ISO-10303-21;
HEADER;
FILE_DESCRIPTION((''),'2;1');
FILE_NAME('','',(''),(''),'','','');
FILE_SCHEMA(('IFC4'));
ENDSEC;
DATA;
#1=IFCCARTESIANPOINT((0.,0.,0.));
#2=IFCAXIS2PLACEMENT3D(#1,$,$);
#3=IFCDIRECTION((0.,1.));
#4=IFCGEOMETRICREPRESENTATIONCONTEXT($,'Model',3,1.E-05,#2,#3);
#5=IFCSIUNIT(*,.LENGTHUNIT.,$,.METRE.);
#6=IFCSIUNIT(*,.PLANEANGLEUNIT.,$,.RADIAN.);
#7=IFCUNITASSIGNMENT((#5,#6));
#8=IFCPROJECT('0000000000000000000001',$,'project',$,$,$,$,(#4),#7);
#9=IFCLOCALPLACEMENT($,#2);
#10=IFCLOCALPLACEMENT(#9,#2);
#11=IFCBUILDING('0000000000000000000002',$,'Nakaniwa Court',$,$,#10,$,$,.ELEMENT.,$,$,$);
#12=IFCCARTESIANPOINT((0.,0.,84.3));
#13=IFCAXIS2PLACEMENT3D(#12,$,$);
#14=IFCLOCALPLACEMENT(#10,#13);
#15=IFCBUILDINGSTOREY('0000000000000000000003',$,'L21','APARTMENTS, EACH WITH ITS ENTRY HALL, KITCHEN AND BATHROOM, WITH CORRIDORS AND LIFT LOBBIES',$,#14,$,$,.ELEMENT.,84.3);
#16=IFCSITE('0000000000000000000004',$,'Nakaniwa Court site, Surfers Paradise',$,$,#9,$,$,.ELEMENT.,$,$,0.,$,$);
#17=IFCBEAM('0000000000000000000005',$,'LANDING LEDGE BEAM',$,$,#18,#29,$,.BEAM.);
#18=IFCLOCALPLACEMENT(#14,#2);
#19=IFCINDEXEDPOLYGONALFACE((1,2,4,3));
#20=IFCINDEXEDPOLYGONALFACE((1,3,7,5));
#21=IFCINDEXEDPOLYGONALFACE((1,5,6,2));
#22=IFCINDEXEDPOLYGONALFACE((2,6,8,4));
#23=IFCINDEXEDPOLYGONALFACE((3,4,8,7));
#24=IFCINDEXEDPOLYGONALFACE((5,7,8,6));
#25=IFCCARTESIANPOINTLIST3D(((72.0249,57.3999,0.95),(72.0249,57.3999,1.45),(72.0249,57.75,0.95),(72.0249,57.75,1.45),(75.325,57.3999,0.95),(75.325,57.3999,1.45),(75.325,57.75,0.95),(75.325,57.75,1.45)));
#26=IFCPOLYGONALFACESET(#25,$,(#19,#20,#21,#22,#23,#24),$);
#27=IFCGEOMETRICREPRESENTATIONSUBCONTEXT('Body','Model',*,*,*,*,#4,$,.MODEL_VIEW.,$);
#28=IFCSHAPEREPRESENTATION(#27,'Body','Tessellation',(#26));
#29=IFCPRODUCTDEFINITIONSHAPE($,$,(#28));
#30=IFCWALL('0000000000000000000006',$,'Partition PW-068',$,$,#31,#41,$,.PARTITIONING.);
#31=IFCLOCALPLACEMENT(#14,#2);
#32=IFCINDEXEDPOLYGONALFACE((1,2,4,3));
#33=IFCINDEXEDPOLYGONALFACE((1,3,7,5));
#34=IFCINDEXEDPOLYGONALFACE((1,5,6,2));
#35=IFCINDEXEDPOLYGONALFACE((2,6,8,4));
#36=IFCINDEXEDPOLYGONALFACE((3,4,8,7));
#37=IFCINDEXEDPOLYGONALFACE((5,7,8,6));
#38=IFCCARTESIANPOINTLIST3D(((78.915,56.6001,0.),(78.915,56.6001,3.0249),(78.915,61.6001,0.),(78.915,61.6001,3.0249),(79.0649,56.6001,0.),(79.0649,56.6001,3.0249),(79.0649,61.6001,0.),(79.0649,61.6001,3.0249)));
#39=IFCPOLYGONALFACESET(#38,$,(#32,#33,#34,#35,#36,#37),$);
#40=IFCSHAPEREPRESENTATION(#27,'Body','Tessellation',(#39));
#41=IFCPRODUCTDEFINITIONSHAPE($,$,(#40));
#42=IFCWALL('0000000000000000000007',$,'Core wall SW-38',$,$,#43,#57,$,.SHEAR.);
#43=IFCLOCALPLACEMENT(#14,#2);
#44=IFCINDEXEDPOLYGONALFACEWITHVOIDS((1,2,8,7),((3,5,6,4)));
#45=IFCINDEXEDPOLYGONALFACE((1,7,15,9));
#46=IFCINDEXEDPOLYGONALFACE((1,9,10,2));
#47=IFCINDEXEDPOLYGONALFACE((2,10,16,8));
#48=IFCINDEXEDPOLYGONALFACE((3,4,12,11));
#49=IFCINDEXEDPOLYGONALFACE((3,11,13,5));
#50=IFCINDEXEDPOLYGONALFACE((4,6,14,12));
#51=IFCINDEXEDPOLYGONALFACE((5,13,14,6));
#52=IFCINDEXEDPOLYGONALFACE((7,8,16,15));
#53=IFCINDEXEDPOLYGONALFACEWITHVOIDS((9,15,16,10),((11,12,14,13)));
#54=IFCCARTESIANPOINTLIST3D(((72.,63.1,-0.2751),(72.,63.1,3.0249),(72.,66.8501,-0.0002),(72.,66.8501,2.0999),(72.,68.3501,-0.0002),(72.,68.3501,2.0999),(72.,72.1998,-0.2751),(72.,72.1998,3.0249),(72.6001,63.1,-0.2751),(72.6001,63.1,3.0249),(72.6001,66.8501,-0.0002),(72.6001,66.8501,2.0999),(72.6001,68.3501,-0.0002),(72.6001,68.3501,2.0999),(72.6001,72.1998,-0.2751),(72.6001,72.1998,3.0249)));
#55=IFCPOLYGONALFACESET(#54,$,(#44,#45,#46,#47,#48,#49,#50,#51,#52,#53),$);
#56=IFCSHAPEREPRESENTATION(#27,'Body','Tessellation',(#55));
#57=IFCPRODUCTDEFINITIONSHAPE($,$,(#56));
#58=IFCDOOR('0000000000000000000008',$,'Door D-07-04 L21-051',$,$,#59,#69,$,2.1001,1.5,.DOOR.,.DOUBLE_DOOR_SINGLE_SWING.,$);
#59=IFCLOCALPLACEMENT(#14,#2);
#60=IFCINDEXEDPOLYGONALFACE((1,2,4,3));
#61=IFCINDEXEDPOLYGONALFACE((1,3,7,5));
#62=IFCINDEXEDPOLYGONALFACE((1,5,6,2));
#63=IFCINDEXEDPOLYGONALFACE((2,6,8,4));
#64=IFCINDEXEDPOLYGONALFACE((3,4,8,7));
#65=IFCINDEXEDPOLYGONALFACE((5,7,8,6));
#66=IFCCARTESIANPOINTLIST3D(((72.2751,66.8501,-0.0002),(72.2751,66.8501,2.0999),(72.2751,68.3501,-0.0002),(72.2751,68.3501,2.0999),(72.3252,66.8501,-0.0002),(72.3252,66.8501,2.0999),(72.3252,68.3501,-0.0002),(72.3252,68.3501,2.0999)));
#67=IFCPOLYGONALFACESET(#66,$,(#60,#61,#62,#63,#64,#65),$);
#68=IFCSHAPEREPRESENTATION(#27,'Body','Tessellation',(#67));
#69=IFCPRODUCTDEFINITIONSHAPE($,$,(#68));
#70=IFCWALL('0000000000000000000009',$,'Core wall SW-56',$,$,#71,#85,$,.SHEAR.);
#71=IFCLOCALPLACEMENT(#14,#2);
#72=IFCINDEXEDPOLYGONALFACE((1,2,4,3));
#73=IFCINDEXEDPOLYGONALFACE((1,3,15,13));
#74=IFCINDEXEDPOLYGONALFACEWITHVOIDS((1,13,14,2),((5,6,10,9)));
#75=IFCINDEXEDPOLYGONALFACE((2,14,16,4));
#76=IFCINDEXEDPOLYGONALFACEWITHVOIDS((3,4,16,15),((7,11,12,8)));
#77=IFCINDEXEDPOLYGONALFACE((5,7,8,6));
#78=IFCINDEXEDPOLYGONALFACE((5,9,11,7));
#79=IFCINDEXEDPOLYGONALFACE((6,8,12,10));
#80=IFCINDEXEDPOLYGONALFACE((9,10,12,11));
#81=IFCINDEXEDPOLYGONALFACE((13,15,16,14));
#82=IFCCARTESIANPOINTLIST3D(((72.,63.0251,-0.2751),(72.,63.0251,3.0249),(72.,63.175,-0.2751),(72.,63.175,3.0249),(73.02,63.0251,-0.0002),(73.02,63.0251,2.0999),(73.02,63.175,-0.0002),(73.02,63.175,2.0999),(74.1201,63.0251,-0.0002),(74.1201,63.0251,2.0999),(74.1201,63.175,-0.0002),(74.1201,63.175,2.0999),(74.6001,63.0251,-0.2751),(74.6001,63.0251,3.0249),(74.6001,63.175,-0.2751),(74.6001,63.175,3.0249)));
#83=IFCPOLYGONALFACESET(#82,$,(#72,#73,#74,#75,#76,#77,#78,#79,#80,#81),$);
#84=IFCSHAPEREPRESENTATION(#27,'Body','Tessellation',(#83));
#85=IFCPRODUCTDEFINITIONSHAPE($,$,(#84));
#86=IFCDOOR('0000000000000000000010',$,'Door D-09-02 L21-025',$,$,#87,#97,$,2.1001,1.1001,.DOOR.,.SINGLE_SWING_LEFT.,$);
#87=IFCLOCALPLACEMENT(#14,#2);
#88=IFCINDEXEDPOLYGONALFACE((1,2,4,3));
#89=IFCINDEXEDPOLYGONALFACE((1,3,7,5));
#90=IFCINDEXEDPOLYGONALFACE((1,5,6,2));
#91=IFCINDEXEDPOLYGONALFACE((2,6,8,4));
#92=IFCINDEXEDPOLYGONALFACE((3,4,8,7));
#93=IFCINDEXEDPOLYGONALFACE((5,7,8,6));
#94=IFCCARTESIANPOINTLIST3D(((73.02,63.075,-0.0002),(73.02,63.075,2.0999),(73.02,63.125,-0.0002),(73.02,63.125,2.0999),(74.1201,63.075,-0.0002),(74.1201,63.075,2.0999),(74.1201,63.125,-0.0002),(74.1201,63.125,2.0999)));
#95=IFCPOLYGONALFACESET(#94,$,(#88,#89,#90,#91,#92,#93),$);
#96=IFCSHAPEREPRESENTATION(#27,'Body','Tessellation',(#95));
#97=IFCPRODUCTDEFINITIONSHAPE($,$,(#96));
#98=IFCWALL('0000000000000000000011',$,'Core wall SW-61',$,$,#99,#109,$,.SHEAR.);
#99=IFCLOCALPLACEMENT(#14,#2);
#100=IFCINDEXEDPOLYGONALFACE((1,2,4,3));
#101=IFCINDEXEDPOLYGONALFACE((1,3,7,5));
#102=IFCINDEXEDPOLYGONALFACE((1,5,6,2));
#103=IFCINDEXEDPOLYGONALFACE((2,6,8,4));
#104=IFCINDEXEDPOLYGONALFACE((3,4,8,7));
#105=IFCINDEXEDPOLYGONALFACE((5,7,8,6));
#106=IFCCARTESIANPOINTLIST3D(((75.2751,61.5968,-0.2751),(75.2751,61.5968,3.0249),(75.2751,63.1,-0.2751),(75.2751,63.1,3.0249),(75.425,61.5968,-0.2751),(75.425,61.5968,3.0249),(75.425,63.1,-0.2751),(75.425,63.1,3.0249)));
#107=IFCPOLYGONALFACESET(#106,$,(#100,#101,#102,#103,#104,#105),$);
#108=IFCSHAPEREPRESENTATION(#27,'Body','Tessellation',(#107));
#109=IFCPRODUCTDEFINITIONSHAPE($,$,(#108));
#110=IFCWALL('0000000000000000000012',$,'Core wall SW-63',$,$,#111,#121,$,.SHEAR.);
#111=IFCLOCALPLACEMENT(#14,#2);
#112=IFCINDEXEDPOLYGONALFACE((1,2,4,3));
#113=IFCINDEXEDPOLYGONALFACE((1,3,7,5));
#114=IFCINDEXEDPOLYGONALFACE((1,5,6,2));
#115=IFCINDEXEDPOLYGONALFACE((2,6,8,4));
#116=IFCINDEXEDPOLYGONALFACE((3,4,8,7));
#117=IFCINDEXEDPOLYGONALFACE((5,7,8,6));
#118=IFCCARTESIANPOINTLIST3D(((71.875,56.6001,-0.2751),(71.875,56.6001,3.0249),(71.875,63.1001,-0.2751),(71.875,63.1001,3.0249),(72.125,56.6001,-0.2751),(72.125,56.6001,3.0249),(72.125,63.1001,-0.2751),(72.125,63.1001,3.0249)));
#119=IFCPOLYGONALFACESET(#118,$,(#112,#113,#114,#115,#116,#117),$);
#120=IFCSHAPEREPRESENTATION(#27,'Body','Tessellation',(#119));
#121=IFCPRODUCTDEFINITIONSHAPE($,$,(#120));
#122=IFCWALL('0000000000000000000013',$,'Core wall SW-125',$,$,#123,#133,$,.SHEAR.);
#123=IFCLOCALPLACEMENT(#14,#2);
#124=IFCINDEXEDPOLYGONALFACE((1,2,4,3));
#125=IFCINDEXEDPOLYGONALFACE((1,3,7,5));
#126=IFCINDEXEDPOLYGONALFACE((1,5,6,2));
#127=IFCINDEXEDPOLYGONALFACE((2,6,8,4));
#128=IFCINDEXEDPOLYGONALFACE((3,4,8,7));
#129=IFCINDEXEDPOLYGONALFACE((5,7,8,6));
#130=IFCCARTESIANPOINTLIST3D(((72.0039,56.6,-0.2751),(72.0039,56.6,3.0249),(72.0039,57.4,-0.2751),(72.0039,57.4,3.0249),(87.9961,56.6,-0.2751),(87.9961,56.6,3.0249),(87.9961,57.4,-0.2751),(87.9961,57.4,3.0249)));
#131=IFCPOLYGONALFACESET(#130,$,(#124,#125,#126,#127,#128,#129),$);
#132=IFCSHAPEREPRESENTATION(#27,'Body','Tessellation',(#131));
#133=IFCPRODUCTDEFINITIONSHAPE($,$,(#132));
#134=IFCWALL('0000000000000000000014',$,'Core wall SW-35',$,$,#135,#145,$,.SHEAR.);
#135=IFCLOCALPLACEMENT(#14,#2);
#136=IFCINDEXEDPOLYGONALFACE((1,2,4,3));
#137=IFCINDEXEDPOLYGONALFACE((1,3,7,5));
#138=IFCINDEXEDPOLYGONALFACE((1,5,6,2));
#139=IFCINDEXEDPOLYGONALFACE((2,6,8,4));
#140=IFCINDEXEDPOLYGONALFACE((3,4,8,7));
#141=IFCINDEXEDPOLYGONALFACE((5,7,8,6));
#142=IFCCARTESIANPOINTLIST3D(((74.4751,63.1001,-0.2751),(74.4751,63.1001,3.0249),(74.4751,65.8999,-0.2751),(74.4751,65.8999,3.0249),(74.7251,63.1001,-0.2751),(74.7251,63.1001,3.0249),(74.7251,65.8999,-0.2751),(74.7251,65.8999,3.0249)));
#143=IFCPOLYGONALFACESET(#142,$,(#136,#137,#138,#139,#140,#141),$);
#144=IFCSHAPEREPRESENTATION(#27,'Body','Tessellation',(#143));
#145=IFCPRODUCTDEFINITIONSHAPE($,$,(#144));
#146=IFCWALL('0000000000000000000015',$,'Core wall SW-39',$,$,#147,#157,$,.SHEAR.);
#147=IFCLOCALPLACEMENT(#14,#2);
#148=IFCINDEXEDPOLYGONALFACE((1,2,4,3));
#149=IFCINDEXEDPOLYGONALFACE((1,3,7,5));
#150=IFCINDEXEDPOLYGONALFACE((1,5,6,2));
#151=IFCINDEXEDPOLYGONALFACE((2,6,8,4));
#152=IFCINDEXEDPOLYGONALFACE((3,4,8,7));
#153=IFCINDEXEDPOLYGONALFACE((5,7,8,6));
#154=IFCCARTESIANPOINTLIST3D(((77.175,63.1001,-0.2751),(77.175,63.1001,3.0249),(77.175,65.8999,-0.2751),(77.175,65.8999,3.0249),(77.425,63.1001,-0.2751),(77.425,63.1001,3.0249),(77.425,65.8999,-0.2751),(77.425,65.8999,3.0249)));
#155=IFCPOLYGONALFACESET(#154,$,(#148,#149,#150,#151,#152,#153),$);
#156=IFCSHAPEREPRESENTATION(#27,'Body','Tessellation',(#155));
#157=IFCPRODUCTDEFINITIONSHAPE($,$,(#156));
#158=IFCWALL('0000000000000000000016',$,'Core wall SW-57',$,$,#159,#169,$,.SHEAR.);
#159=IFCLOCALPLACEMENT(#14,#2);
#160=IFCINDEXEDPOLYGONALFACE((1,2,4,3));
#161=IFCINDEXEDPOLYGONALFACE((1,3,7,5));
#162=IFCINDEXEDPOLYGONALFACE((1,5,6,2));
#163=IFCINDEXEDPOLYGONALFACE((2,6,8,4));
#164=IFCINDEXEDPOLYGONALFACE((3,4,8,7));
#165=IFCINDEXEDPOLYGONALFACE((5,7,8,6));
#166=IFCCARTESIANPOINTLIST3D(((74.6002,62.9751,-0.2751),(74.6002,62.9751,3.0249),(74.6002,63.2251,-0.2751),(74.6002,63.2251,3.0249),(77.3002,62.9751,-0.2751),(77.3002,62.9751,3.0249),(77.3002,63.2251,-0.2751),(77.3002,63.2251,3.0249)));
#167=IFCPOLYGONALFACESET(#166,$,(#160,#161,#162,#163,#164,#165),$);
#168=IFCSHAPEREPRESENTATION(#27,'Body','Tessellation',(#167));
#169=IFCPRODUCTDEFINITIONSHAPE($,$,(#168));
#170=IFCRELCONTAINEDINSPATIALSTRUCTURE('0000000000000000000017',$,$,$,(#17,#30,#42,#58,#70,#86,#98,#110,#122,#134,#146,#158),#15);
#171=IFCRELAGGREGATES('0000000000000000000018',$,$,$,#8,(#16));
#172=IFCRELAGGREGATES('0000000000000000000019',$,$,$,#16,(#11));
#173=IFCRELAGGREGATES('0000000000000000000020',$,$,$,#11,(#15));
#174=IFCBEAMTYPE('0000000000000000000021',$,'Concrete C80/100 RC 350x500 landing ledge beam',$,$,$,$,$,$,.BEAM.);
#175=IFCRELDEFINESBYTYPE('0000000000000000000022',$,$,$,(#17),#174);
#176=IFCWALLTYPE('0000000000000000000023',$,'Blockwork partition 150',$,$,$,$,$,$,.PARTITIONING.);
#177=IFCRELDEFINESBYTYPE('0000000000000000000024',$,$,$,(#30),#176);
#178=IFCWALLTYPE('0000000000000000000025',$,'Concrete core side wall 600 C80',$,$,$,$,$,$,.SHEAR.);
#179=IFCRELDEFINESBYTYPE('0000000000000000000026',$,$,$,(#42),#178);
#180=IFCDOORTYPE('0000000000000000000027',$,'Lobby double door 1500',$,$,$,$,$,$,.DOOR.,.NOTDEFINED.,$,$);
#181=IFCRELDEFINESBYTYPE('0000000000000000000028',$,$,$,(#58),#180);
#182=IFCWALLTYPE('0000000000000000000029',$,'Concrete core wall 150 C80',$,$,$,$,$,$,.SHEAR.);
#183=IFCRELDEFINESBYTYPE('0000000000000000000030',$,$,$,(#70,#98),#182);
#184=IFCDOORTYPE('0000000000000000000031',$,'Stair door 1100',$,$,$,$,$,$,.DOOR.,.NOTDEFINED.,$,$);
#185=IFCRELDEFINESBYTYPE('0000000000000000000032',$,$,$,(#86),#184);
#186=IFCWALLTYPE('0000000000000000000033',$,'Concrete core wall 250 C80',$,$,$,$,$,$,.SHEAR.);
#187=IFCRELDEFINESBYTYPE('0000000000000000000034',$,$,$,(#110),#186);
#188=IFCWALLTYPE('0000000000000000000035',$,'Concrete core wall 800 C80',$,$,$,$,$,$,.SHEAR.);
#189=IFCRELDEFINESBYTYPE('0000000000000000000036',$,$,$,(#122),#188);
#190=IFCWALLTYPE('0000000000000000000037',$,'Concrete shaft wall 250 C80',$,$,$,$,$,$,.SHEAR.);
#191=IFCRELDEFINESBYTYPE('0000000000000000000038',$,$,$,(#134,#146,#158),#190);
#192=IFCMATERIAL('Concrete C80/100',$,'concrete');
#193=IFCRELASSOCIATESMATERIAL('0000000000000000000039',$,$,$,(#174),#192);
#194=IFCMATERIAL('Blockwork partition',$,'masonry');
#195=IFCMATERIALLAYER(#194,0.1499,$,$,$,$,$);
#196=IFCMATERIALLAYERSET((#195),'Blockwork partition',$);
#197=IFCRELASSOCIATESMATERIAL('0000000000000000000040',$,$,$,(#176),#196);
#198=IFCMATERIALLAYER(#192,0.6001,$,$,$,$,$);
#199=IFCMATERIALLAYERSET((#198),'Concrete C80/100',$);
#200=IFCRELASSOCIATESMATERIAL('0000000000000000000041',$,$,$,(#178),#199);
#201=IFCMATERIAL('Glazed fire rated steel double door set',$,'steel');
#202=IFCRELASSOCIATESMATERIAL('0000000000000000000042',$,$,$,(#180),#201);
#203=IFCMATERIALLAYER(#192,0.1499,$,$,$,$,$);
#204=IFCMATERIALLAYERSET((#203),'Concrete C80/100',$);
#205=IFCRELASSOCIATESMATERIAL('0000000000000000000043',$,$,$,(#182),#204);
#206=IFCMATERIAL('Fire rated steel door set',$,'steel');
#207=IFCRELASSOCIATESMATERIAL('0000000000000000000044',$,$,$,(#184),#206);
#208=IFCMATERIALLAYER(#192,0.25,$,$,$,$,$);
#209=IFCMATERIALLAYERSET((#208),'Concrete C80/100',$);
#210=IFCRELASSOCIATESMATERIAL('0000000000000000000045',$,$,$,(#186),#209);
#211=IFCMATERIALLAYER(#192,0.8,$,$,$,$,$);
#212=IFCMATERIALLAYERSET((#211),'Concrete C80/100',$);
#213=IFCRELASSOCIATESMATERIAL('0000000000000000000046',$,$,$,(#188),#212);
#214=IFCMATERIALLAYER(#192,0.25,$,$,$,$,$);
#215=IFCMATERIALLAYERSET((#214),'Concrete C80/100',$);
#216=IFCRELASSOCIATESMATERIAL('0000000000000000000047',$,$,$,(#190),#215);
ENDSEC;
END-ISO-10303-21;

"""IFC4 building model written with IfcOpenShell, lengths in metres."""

from ifc_helpers import new_model, si_unit, direction, frame, frame_2d, origin, origin_2d, place, context, subcontext, project, spatial, rectangle, extrude, material, layer, layer_set, material_profile, profile_set, type_object, element, fill, save


model = new_model("IFC4")

# Units and contexts
model_context = context("Model", 3, precision=1e-05, world=origin(), true_north=direction((0.0, 1.0)))
body_context = subcontext(model_context, "Body", "Model", "MODEL_VIEW")
ifc_project = project(units=[si_unit("LENGTHUNIT", "METRE"), si_unit("PLANEANGLEUNIT", "RADIAN")], contexts=[model_context])

# Site, building, storey
site_placement = place(None, origin())
site = spatial("IfcSite", under=ifc_project, at=site_placement, Name="Nakaniwa Court site, Surfers Paradise", CompositionType="ELEMENT", RefElevation=0.0)
building_placement = place(site_placement, origin())
building = spatial("IfcBuilding", under=site, at=building_placement, Name="Nakaniwa Court", CompositionType="ELEMENT")
storey_placement = place(building_placement, frame((0.0, 0.0, 84.3)))
storey = spatial("IfcBuildingStorey", under=building, at=storey_placement, Name="L21", Description="APARTMENTS, EACH WITH ITS ENTRY HALL, KITCHEN AND BATHROOM, WITH CORRIDORS AND LIFT LOBBIES", CompositionType="ELEMENT", Elevation=84.3)

# Beam
ifc_material_1 = material(Name="Concrete C80/100", Category="concrete")
ifc_material_profile = material_profile(ifc_material_1, rectangle(XDim=0.3501, YDim=0.5, at=origin_2d()), Name="Concrete C80/100 RC 350x500 landing ledge beam")
ifc_profile_set = profile_set([ifc_material_profile], Name="Concrete C80/100")
beam_type = type_object("IfcBeamType", Name="Concrete C80/100 RC 350x500 landing ledge beam", PredefinedType="BEAM", material=ifc_profile_set)
beam_placement = place(storey_placement, frame((72.0249, 57.575, 1.2), z_axis=(1.0, 0.0, 0.0), x_axis=(0.0, 1.0, 0.0)))
element("IfcBeam", 1, at=beam_placement, inside=storey, type_object=beam_type, Name="LANDING LEDGE BEAM", PredefinedType="BEAM", context=body_context, shape_type="SweptSolid", body=[
    extrude(rectangle(XDim=0.3501, YDim=0.5, at=origin_2d()), origin(), (0.0, 0.0, 1.0), 3.3),
])

# Wall
ifc_material_2 = material(Name="Blockwork partition", Category="masonry")
ifc_layer_1 = layer(ifc_material_2, 0.1499)
ifc_layer_set_1 = layer_set([ifc_layer_1], Name="Blockwork partition")
wall_type_1 = type_object("IfcWallType", Name="Blockwork partition 150", PredefinedType="PARTITIONING", material=ifc_layer_set_1)
wall_1_placement = place(storey_placement, frame((78.99, 56.6001, 0.0), z_axis=(0.0, 0.0, 1.0), x_axis=(0.0, 1.0, 0.0)))
element("IfcWall", 2, at=wall_1_placement, inside=storey, type_object=wall_type_1, Name="Partition PW-068", PredefinedType="PARTITIONING", context=body_context, shape_type="SweptSolid", body=[
    extrude(rectangle(XDim=5.0, YDim=0.1499, at=frame_2d((2.5, 0.0))), origin(), (0.0, 0.0, 1.0), 3.0249),
])

# Walls, openings, doors
ifc_layer_2 = layer(ifc_material_1, 0.6001)
ifc_layer_set_2 = layer_set([ifc_layer_2], Name="Concrete C80/100")
wall_type_2 = type_object("IfcWallType", Name="Concrete core side wall 600 C80", PredefinedType="SHEAR", material=ifc_layer_set_2)
wall_2_placement = place(storey_placement, frame((72.3, 63.1001, -0.2751), z_axis=(0.0, 0.0, 1.0), x_axis=(0.0, 1.0, 0.0)))
wall_2 = element("IfcWall", 3, at=wall_2_placement, inside=storey, type_object=wall_type_2, Name="Core wall SW-38", PredefinedType="SHEAR", context=body_context, shape_type="SweptSolid", body=[
    extrude(rectangle(XDim=9.0999, YDim=0.6001, at=frame_2d((4.5498, 0.0))), origin(), (0.0, 0.0, 1.0), 3.3),
])
opening_1_placement = place(wall_2_placement, frame((3.75, 0.0, 0.2749)))
opening_1 = element("IfcOpeningElement", 4, at=opening_1_placement, cuts=wall_2, PredefinedType="OPENING", context=body_context, shape_type="SweptSolid", body=[
    extrude(rectangle(XDim=1.5, YDim=2.1001, at=frame_2d((0.75, 1.05))), frame((0.0, 0.3101, 0.0), z_axis=(0.0, -1.0, 0.0), x_axis=(1.0, 0.0, 0.0)), (0.0, 0.0, 1.0), 0.6201),
])
ifc_material_3 = material(Name="Glazed fire rated steel double door set", Category="steel")
door_type_1 = type_object("IfcDoorType", Name="Lobby double door 1500", OperationType="NOTDEFINED", PredefinedType="DOOR", material=ifc_material_3)
door_1_placement = place(opening_1_placement, origin())
door_1 = element("IfcDoor", 5, at=door_1_placement, inside=storey, type_object=door_type_1, Name="Door D-07-04 L21-051", OperationType="DOUBLE_DOOR_SINGLE_SWING", OverallHeight=2.1001, OverallWidth=1.5, PredefinedType="DOOR", context=body_context, shape_type="SweptSolid", body=[
    extrude(rectangle(XDim=1.5, YDim=2.1001, at=frame_2d((0.75, 1.05))), frame((0.0, 0.0249, 0.0), z_axis=(0.0, -1.0, 0.0), x_axis=(1.0, 0.0, 0.0)), (0.0, 0.0, 1.0), 0.05),
])
fill(opening_1, door_1)
ifc_layer_3 = layer(ifc_material_1, 0.1499)
ifc_layer_set_3 = layer_set([ifc_layer_3], Name="Concrete C80/100")
wall_type_3 = type_object("IfcWallType", Name="Concrete core wall 150 C80", PredefinedType="SHEAR", material=ifc_layer_set_3)
wall_3_placement = place(storey_placement, frame((72.0, 63.1001, -0.2751), z_axis=(0.0, 0.0, 1.0), x_axis=(1.0, 0.0, 0.0)))
wall_3 = element("IfcWall", 6, at=wall_3_placement, inside=storey, type_object=wall_type_3, Name="Core wall SW-56", PredefinedType="SHEAR", context=body_context, shape_type="SweptSolid", body=[
    extrude(rectangle(XDim=2.6001, YDim=0.1499, at=frame_2d((1.3, 0.0))), origin(), (0.0, 0.0, 1.0), 3.3),
])
opening_2_placement = place(wall_3_placement, frame((1.02, 0.0, 0.2749)))
opening_2 = element("IfcOpeningElement", 7, at=opening_2_placement, cuts=wall_3, PredefinedType="OPENING", context=body_context, shape_type="SweptSolid", body=[
    extrude(rectangle(XDim=1.1001, YDim=2.1001, at=frame_2d((0.55, 1.05))), frame((0.0, 0.085, 0.0), z_axis=(0.0, -1.0, 0.0), x_axis=(1.0, 0.0, 0.0)), (0.0, 0.0, 1.0), 0.1699),
])
ifc_material_4 = material(Name="Fire rated steel door set", Category="steel")
door_type_2 = type_object("IfcDoorType", Name="Stair door 1100", OperationType="NOTDEFINED", PredefinedType="DOOR", material=ifc_material_4)
door_2_placement = place(opening_2_placement, origin())
door_2 = element("IfcDoor", 8, at=door_2_placement, inside=storey, type_object=door_type_2, Name="Door D-09-02 L21-025", OperationType="SINGLE_SWING_LEFT", OverallHeight=2.1001, OverallWidth=1.1001, PredefinedType="DOOR", context=body_context, shape_type="SweptSolid", body=[
    extrude(rectangle(XDim=1.1001, YDim=2.1001, at=frame_2d((0.55, 1.05))), frame((0.0, 0.0249, 0.0), z_axis=(0.0, -1.0, 0.0), x_axis=(1.0, 0.0, 0.0)), (0.0, 0.0, 1.0), 0.05),
])
fill(opening_2, door_2)

# Walls
wall_4_placement = place(storey_placement, frame((75.3501, 61.5969, -0.2751), z_axis=(0.0, 0.0, 1.0), x_axis=(0.0, 1.0, 0.0)))
element("IfcWall", 9, at=wall_4_placement, inside=storey, type_object=wall_type_3, Name="Core wall SW-61", PredefinedType="SHEAR", context=body_context, shape_type="SweptSolid", body=[
    extrude(rectangle(XDim=1.5032, YDim=0.1499, at=frame_2d((0.7515, 0.0))), origin(), (0.0, 0.0, 1.0), 3.3),
])
ifc_layer_4 = layer(ifc_material_1, 0.25)
ifc_layer_set_4 = layer_set([ifc_layer_4], Name="Concrete C80/100")
wall_type_4 = type_object("IfcWallType", Name="Concrete core wall 250 C80", PredefinedType="SHEAR", material=ifc_layer_set_4)
wall_5_placement = place(storey_placement, frame((72.0, 56.6001, -0.2751), z_axis=(0.0, 0.0, 1.0), x_axis=(0.0, 1.0, 0.0)))
element("IfcWall", 10, at=wall_5_placement, inside=storey, type_object=wall_type_4, Name="Core wall SW-63", PredefinedType="SHEAR", context=body_context, shape_type="SweptSolid", body=[
    extrude(rectangle(XDim=6.5, YDim=0.25, at=frame_2d((3.25, 0.0))), origin(), (0.0, 0.0, 1.0), 3.3),
])
ifc_layer_5 = layer(ifc_material_1, 0.8)
ifc_layer_set_5 = layer_set([ifc_layer_5], Name="Concrete C80/100")
wall_type_5 = type_object("IfcWallType", Name="Concrete core wall 800 C80", PredefinedType="SHEAR", material=ifc_layer_set_5)
wall_6_placement = place(storey_placement, frame((72.0039, 57.0, -0.2751), z_axis=(0.0, 0.0, 1.0), x_axis=(1.0, 0.0, 0.0)))
element("IfcWall", 11, at=wall_6_placement, inside=storey, type_object=wall_type_5, Name="Core wall SW-125", PredefinedType="SHEAR", context=body_context, shape_type="SweptSolid", body=[
    extrude(rectangle(XDim=15.9922, YDim=0.8, at=frame_2d((7.9961, 0.0))), origin(), (0.0, 0.0, 1.0), 3.3),
])
ifc_layer_6 = layer(ifc_material_1, 0.25)
ifc_layer_set_6 = layer_set([ifc_layer_6], Name="Concrete C80/100")
wall_type_6 = type_object("IfcWallType", Name="Concrete shaft wall 250 C80", PredefinedType="SHEAR", material=ifc_layer_set_6)
for number, where, z_axis, x_axis, name in (
    (12, (74.6001, 63.1001, -0.2751), (0.0, 0.0, 1.0), (0.0, 1.0, 0.0), "Core wall SW-35"),
    (13, (77.3, 63.1001, -0.2751), (0.0, 0.0, 1.0), (0.0, 1.0, 0.0), "Core wall SW-39"),
):
    element("IfcWall", number, at=place(storey_placement, frame(where, z_axis=z_axis, x_axis=x_axis)), inside=storey, type_object=wall_type_6, Name=name, PredefinedType="SHEAR", context=body_context, shape_type="SweptSolid", body=[
        extrude(rectangle(XDim=2.7998, YDim=0.25, at=frame_2d((1.3999, 0.0))), origin(), (0.0, 0.0, 1.0), 3.3),
    ])
wall_7_placement = place(storey_placement, frame((74.6001, 63.1001, -0.2751), z_axis=(0.0, 0.0, 1.0), x_axis=(1.0, 0.0, 0.0)))
element("IfcWall", 14, at=wall_7_placement, inside=storey, type_object=wall_type_6, Name="Core wall SW-57", PredefinedType="SHEAR", context=body_context, shape_type="SweptSolid", body=[
    extrude(rectangle(XDim=2.7, YDim=0.25, at=frame_2d((1.3501, 0.0))), origin(), (0.0, 0.0, 1.0), 3.3),
])

save(model, "model.ifc")
